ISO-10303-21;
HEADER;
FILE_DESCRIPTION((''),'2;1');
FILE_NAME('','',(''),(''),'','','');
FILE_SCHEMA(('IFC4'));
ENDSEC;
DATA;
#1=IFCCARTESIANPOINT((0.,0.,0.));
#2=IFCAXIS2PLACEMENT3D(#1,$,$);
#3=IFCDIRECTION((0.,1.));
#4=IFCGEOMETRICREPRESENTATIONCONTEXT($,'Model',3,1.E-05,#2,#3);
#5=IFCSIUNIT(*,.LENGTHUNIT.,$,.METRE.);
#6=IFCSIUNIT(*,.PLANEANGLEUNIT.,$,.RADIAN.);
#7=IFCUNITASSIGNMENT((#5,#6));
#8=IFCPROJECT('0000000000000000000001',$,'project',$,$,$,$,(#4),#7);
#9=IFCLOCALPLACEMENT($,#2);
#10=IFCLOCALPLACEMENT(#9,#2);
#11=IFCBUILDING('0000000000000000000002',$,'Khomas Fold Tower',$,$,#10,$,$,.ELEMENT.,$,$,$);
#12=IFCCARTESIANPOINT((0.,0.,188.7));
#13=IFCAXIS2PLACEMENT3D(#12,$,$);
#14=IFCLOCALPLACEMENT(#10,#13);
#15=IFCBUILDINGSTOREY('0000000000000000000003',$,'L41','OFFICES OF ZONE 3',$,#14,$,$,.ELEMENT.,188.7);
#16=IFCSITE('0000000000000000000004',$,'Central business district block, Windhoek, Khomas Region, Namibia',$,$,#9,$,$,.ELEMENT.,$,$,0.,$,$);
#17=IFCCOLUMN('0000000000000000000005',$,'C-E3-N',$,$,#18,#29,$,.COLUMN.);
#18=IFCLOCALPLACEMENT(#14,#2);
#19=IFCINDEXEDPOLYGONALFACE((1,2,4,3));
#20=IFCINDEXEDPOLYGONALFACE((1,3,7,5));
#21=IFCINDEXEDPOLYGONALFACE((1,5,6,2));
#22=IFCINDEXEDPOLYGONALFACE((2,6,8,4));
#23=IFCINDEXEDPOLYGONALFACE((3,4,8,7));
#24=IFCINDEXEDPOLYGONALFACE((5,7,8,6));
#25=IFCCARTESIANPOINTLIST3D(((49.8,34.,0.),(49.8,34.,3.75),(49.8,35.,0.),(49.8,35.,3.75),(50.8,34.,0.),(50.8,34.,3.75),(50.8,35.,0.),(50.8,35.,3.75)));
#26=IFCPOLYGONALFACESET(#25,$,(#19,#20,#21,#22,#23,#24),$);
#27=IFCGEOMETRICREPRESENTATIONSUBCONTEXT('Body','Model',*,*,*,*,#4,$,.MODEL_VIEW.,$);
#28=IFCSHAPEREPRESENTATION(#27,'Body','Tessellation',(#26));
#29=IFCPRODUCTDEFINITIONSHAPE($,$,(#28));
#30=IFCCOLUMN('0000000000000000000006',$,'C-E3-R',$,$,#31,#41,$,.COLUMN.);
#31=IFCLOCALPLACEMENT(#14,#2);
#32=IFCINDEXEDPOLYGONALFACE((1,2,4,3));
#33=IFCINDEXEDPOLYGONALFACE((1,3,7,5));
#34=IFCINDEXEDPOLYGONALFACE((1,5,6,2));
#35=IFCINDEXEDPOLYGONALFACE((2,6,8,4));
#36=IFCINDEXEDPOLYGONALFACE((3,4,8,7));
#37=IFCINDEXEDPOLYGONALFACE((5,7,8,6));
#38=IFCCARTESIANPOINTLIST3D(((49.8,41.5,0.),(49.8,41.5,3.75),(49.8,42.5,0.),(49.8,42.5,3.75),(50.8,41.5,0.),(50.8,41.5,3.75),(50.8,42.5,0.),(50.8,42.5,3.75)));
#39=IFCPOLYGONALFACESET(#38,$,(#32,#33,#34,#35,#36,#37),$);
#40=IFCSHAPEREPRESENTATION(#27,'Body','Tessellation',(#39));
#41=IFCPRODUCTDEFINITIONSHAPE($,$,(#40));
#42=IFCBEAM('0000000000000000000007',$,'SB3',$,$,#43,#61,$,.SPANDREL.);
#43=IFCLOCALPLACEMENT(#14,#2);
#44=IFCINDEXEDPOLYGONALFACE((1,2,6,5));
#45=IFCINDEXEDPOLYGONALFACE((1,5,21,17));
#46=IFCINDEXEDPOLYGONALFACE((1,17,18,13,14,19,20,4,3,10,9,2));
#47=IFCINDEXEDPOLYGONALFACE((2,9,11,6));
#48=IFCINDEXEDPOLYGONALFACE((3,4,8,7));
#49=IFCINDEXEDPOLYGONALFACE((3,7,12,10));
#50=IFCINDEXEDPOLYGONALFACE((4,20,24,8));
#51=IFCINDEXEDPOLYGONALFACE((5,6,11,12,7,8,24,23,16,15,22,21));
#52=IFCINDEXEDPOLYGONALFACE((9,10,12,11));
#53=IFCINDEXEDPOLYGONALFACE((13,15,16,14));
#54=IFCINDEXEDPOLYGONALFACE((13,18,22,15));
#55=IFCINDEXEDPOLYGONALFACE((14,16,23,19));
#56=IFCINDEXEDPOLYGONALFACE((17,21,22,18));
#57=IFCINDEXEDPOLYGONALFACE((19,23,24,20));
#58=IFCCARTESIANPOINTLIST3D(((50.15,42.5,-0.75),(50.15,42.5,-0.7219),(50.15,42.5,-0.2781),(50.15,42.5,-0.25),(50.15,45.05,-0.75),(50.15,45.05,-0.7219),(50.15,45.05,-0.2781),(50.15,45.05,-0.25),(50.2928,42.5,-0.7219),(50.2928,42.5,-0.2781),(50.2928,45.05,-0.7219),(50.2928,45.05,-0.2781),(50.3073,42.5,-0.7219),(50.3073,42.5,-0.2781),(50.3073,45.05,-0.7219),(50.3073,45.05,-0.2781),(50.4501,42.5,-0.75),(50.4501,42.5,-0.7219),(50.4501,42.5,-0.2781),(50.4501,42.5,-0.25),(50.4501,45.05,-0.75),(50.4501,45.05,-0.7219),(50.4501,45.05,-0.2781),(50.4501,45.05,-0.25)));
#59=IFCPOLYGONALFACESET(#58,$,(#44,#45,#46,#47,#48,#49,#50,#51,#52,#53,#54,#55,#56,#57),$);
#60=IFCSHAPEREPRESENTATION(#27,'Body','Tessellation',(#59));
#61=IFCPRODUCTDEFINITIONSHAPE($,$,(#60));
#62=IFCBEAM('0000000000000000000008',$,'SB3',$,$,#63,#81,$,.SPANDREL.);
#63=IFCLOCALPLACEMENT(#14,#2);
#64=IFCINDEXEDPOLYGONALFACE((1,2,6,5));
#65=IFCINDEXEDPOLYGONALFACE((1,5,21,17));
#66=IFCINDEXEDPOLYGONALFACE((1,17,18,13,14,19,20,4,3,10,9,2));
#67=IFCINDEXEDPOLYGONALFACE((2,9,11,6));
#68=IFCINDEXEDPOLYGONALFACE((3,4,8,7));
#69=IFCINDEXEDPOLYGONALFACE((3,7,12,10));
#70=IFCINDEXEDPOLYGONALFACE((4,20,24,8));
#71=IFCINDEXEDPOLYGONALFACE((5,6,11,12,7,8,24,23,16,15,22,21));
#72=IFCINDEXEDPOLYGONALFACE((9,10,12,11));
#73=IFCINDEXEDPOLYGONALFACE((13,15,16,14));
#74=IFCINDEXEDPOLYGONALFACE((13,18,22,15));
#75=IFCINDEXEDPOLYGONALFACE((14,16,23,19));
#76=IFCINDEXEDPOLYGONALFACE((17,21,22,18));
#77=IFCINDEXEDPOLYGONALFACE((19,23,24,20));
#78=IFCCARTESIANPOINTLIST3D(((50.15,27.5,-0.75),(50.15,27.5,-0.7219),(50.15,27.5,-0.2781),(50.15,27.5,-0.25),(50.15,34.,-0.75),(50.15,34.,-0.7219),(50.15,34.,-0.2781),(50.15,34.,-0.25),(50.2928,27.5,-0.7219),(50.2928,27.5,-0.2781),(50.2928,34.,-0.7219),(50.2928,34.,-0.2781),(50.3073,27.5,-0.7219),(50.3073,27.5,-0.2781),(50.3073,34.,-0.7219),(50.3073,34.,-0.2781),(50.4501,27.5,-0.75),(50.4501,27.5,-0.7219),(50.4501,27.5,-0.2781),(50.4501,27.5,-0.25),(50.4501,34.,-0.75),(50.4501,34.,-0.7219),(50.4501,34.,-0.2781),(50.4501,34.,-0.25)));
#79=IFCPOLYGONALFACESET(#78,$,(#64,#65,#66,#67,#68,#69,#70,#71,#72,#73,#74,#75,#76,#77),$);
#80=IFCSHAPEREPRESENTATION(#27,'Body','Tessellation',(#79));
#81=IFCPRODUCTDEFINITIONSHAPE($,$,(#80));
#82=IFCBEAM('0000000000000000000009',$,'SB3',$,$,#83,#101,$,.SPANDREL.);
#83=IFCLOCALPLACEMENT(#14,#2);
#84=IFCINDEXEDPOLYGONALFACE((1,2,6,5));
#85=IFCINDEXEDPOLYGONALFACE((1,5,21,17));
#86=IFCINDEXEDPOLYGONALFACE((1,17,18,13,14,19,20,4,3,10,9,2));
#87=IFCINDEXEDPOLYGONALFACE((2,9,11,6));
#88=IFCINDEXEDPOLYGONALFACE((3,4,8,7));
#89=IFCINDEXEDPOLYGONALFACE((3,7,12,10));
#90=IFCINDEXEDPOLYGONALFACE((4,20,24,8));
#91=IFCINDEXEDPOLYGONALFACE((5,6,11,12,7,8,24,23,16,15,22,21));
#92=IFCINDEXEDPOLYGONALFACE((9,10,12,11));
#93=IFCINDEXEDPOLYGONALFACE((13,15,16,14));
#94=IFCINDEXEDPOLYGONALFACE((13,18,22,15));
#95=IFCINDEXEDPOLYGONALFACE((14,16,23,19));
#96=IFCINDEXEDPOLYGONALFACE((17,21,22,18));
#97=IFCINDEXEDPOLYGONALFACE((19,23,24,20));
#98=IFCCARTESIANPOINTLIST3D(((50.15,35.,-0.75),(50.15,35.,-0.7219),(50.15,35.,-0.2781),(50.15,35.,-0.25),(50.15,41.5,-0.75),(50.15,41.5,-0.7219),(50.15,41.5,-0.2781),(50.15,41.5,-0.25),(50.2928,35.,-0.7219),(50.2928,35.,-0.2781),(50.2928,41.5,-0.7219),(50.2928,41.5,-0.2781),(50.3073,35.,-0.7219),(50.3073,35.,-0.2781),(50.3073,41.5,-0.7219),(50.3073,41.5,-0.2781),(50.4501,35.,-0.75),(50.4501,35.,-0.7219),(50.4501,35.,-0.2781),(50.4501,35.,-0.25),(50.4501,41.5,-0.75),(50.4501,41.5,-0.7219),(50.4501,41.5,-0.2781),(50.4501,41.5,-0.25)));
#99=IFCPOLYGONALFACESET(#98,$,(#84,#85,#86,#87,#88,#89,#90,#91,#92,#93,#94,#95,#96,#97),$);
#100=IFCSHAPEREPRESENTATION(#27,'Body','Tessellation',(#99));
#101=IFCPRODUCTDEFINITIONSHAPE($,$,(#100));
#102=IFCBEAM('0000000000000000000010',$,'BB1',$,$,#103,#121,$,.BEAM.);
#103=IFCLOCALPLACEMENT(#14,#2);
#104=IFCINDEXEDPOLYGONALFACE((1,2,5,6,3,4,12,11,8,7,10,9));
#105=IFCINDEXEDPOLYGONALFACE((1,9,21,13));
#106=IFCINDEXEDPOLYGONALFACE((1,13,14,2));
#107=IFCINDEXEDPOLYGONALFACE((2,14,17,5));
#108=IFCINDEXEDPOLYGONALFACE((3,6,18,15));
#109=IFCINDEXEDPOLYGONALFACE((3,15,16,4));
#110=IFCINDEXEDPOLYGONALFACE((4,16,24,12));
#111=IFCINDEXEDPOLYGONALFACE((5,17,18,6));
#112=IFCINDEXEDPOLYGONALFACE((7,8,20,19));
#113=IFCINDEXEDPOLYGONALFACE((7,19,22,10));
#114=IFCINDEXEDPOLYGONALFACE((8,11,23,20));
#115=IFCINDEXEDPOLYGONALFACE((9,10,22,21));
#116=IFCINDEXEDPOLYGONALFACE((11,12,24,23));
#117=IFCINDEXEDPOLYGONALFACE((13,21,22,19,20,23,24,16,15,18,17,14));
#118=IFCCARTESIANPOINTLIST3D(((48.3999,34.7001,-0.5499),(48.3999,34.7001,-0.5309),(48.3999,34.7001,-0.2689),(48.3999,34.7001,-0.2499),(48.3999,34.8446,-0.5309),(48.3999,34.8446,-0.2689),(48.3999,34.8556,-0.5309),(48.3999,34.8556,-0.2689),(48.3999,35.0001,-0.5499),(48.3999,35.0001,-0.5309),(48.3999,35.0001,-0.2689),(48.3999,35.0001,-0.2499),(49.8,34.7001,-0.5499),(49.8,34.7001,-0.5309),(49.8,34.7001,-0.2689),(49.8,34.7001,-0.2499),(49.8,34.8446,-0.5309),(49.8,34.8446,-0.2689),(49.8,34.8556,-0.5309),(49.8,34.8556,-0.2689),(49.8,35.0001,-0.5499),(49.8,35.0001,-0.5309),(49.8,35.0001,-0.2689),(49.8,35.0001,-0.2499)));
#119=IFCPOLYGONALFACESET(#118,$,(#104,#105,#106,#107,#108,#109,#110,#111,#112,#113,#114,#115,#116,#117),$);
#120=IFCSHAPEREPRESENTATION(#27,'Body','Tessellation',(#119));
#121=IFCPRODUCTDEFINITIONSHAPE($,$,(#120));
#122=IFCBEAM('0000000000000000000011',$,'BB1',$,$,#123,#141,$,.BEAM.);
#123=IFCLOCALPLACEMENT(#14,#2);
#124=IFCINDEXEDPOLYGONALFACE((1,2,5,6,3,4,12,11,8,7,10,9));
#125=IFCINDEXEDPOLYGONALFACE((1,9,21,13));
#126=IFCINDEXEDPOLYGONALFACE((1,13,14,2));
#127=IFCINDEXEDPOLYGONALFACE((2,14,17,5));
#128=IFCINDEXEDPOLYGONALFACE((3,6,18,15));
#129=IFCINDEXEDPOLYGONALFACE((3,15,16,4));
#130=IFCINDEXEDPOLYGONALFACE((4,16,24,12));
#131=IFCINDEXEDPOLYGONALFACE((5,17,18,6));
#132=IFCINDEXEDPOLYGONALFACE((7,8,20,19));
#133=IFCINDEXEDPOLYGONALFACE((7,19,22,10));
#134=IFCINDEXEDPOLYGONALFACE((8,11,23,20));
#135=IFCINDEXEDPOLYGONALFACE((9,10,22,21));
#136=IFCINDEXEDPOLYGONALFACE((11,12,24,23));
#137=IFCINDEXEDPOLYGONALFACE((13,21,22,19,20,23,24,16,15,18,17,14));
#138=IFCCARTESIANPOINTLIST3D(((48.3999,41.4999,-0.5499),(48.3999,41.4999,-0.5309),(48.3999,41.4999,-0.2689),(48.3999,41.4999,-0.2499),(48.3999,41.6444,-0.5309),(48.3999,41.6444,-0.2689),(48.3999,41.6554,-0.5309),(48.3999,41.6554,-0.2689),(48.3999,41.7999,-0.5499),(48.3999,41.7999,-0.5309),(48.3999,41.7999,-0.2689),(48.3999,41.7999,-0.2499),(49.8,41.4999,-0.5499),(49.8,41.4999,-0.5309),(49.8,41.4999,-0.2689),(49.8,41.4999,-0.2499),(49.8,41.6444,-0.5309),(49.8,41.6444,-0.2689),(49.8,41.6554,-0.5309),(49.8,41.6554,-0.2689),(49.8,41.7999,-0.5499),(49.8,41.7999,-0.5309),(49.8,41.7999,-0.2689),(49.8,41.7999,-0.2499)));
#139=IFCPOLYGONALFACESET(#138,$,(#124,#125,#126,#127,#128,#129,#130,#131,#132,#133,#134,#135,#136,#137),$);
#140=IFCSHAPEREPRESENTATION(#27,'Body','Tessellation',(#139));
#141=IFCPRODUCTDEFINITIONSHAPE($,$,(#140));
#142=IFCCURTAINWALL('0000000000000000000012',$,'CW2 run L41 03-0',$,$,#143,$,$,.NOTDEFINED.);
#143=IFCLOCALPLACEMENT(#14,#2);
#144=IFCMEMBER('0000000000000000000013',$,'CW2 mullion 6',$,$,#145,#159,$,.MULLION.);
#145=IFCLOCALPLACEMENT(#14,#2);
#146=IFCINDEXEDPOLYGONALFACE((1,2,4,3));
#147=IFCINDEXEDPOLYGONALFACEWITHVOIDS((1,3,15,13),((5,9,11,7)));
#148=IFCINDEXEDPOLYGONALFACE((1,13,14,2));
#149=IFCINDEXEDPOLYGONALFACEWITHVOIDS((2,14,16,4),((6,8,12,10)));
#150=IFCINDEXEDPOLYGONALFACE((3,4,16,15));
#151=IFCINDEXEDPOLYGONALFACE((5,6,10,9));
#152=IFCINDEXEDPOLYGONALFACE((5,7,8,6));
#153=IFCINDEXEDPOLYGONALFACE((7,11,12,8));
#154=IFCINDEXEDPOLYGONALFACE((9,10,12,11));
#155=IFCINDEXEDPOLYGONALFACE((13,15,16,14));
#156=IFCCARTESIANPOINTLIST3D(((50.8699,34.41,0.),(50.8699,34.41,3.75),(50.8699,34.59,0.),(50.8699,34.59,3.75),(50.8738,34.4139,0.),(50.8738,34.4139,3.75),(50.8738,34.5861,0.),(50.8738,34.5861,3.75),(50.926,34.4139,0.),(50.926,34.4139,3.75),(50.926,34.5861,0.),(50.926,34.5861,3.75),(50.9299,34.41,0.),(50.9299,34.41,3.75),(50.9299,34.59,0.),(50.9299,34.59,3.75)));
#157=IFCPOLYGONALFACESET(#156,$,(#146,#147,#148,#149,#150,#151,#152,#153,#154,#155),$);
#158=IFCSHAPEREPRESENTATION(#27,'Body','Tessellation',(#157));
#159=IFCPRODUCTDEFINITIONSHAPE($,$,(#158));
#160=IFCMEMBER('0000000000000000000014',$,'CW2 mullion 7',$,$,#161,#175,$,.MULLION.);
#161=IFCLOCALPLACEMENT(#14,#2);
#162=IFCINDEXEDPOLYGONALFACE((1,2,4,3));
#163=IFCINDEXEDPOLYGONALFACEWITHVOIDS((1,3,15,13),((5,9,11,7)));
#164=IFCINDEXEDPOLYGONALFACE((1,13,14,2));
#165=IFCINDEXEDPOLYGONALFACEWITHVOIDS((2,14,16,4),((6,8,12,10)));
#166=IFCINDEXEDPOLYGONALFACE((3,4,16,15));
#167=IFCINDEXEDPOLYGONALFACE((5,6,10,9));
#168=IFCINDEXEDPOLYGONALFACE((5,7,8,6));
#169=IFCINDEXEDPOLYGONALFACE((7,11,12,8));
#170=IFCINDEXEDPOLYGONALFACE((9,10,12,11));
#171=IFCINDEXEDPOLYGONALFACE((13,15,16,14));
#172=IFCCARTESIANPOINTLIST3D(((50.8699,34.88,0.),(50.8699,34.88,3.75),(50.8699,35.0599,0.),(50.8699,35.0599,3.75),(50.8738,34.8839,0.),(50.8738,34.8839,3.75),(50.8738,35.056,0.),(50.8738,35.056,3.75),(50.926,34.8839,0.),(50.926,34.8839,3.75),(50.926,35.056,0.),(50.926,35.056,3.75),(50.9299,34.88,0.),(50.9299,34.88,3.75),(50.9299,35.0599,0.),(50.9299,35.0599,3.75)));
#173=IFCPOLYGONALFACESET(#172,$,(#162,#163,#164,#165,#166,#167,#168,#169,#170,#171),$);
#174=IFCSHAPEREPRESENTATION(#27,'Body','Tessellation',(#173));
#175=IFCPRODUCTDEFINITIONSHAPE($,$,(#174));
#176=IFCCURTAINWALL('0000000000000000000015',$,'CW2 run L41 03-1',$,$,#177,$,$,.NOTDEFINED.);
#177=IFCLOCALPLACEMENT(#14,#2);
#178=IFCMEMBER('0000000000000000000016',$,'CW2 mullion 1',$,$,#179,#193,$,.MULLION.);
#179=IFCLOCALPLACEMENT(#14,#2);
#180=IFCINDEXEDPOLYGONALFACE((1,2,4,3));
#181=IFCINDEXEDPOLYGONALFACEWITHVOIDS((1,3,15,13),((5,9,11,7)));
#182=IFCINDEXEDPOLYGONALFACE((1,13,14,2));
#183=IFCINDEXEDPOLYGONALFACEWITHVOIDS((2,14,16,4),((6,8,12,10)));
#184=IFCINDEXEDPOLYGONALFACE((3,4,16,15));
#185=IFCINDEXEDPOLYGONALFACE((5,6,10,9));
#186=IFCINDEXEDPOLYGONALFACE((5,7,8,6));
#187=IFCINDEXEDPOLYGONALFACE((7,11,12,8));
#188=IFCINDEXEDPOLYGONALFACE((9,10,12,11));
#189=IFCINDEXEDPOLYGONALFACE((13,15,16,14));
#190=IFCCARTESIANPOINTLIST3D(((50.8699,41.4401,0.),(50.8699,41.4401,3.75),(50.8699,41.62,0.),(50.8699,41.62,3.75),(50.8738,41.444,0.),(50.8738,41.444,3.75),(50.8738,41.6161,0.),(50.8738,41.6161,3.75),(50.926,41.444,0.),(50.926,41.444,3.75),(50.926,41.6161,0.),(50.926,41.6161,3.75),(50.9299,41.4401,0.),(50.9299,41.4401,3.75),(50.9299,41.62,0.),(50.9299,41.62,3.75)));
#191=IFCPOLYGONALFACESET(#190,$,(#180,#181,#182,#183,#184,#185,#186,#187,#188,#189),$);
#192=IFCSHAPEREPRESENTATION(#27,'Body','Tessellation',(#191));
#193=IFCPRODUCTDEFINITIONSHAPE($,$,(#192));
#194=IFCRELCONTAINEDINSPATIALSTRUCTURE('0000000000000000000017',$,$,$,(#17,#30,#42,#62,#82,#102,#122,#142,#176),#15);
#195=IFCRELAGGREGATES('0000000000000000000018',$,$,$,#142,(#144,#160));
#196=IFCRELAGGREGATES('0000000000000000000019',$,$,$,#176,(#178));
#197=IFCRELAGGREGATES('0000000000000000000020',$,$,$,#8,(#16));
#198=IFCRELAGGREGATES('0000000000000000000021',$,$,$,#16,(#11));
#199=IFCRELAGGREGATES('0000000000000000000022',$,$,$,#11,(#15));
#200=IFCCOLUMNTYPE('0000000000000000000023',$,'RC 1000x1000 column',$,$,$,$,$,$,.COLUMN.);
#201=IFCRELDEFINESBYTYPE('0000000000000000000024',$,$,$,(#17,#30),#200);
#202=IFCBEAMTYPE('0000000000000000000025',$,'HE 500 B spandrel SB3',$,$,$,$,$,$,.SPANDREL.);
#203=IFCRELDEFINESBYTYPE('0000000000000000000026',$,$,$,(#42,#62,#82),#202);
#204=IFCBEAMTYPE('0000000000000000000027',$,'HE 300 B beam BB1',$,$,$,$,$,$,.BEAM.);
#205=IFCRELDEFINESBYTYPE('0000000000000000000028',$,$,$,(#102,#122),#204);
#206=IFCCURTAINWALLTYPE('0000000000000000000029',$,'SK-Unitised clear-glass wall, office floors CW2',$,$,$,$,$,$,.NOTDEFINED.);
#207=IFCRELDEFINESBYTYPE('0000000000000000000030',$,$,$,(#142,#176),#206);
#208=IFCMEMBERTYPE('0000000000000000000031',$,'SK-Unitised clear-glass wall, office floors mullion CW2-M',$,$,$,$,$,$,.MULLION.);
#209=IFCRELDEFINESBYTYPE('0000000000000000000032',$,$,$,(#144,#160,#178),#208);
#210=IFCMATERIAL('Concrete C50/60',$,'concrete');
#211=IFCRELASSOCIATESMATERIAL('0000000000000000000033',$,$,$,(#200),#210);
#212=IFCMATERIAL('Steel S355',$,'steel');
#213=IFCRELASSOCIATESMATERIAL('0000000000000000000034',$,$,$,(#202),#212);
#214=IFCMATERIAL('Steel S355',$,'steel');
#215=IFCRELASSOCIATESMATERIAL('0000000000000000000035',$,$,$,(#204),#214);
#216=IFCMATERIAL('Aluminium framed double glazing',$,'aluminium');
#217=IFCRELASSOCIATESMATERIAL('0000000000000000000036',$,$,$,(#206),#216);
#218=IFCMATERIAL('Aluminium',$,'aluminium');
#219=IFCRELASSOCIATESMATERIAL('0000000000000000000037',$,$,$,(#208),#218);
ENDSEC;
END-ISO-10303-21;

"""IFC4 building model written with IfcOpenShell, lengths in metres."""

from ifc_helpers import new_model, si_unit, direction, frame, origin, origin_2d, place, context, subcontext, project, spatial, rectangle, hollow_rectangle, i_section, extrude, source, transform, mapped, material, material_profile, profile_set, type_object, element, aggregate, save


model = new_model("IFC4")

# Units and contexts
model_context = context("Model", 3, precision=1e-05, world=origin(), true_north=direction((0.0, 1.0)))
body_context = subcontext(model_context, "Body", "Model", "MODEL_VIEW")
ifc_project = project(units=[si_unit("LENGTHUNIT", "METRE"), si_unit("PLANEANGLEUNIT", "RADIAN")], contexts=[model_context])

# Site, building, storey
site_placement = place(None, origin())
site = spatial("IfcSite", under=ifc_project, at=site_placement, Name="Central business district block, Windhoek, Khomas Region, Namibia", CompositionType="ELEMENT", RefElevation=0.0)
building_placement = place(site_placement, origin())
building = spatial("IfcBuilding", under=site, at=building_placement, Name="Khomas Fold Tower", CompositionType="ELEMENT")
storey_placement = place(building_placement, frame((0.0, 0.0, 188.7)))
storey = spatial("IfcBuildingStorey", under=building, at=storey_placement, Name="L41", Description="OFFICES OF ZONE 3", CompositionType="ELEMENT", Elevation=188.7)

# Columns
ifc_material_1 = material(Name="Concrete C50/60", Category="concrete")
ifc_material_profile_1 = material_profile(ifc_material_1, rectangle(XDim=1.0, YDim=1.0, at=origin_2d()), Name="RC 1000x1000")
ifc_profile_set_1 = profile_set([ifc_material_profile_1], Name="Concrete C50/60")
column_type = type_object("IfcColumnType", Name="RC 1000x1000 column", PredefinedType="COLUMN", material=ifc_profile_set_1)
shared_shape_1 = source(origin(), body_context, "Body", "SweptSolid", [
    extrude(rectangle(XDim=1.0, YDim=1.0, at=origin_2d()), origin(), (0.0, 0.0, 1.0), 3.75),
])
for number, where, z_axis, x_axis, name in (
    (1, (50.3, 34.5, 0.0), (0.0, 0.0, 1.0), (1.0, 0.0, 0.0), "C-E3-N"),
    (2, (50.3, 42.0, 0.0), (0.0, 0.0, 1.0), (1.0, 0.0, 0.0), "C-E3-R"),
):
    element("IfcColumn", number, at=place(storey_placement, frame(where, z_axis=z_axis, x_axis=x_axis)), inside=storey, type_object=column_type, Name=name, PredefinedType="COLUMN", context=body_context, shape_type="MappedRepresentation", body=[
        mapped(shared_shape_1, transform((0.0, 0.0, 0.0))),
    ])

# Beams
ifc_material_2 = material(Name="Steel S355", Category="steel")
ifc_material_profile_2 = material_profile(ifc_material_2, i_section(OverallWidth=0.3, OverallDepth=0.5, WebThickness=0.0144, FlangeThickness=0.0281, at=origin_2d()), Name="HE 500 B")
ifc_profile_set_2 = profile_set([ifc_material_profile_2], Name="Steel S355")
beam_type_1 = type_object("IfcBeamType", Name="HE 500 B spandrel SB3", PredefinedType="SPANDREL", material=ifc_profile_set_2)
shared_shape_2 = source(origin(), body_context, "Body", "SweptSolid", [
    extrude(i_section(OverallWidth=0.3, OverallDepth=0.5, WebThickness=0.0144, FlangeThickness=0.0281, at=origin_2d()), origin(), (0.0, 0.0, 1.0), 2.55),
])
beam_placement = place(storey_placement, frame((50.3, 42.5, -0.5), z_axis=(0.0, 1.0, 0.0), x_axis=(-1.0, 0.0, 0.0)))
element("IfcBeam", 3, at=beam_placement, inside=storey, type_object=beam_type_1, Name="SB3", PredefinedType="SPANDREL", context=body_context, shape_type="MappedRepresentation", body=[
    mapped(shared_shape_2, transform((0.0, 0.0, 0.0))),
])
shared_shape_3 = source(origin(), body_context, "Body", "SweptSolid", [
    extrude(i_section(OverallWidth=0.3, OverallDepth=0.5, WebThickness=0.0144, FlangeThickness=0.0281, at=origin_2d()), origin(), (0.0, 0.0, 1.0), 6.5),
])
for number, where, z_axis, x_axis, name in (
    (4, (50.3, 27.5, -0.5), (0.0, 1.0, 0.0), (-1.0, 0.0, 0.0), "SB3"),
    (5, (50.3, 35.0, -0.5), (0.0, 1.0, 0.0), (-1.0, 0.0, 0.0), "SB3"),
):
    element("IfcBeam", number, at=place(storey_placement, frame(where, z_axis=z_axis, x_axis=x_axis)), inside=storey, type_object=beam_type_1, Name=name, PredefinedType="SPANDREL", context=body_context, shape_type="MappedRepresentation", body=[
        mapped(shared_shape_3, transform((0.0, 0.0, 0.0))),
    ])
ifc_material_3 = material(Name="Steel S355", Category="steel")
ifc_material_profile_3 = material_profile(ifc_material_3, i_section(OverallWidth=0.3, OverallDepth=0.3, WebThickness=0.011, FlangeThickness=0.019, at=origin_2d()), Name="HE 300 B")
ifc_profile_set_3 = profile_set([ifc_material_profile_3], Name="Steel S355")
beam_type_2 = type_object("IfcBeamType", Name="HE 300 B beam BB1", PredefinedType="BEAM", material=ifc_profile_set_3)
shared_shape_4 = source(origin(), body_context, "Body", "SweptSolid", [
    extrude(i_section(OverallWidth=0.3, OverallDepth=0.3, WebThickness=0.011, FlangeThickness=0.019, at=origin_2d()), origin(), (0.0, 0.0, 1.0), 1.4001),
])
for number, where, z_axis, x_axis, name in (
    (6, (48.3999, 34.8501, -0.3999), (1.0, 0.0, 0.0), (0.0, 1.0, 0.0), "BB1"),
    (7, (48.3999, 41.6499, -0.3999), (1.0, 0.0, 0.0), (0.0, 1.0, 0.0), "BB1"),
):
    element("IfcBeam", number, at=place(storey_placement, frame(where, z_axis=z_axis, x_axis=x_axis)), inside=storey, type_object=beam_type_2, Name=name, PredefinedType="BEAM", context=body_context, shape_type="MappedRepresentation", body=[
        mapped(shared_shape_4, transform((0.0, 0.0, 0.0))),
    ])

# Curtain walls, members
ifc_material_4 = material(Name="Aluminium framed double glazing", Category="aluminium")
curtain_wall_type = type_object("IfcCurtainWallType", Name="SK-Unitised clear-glass wall, office floors CW2", PredefinedType="NOTDEFINED", material=ifc_material_4)
curtain_wall_1_placement = place(storey_placement, origin())
curtain_wall_1 = element("IfcCurtainWall", 8, at=curtain_wall_1_placement, inside=storey, type_object=curtain_wall_type, Name="CW2 run L41 03-0", PredefinedType="NOTDEFINED")
ifc_material_5 = material(Name="Aluminium", Category="aluminium")
ifc_material_profile_4 = material_profile(ifc_material_5, hollow_rectangle(XDim=0.0601, YDim=0.1799, WallThickness=0.0039, at=origin_2d()), Name="SK-Unitised clear-glass wall, office floors mullion CW2-M")
ifc_profile_set_4 = profile_set([ifc_material_profile_4], Name="Aluminium")
member_type_1 = type_object("IfcMemberType", Name="SK-Unitised clear-glass wall, office floors mullion CW2-M", PredefinedType="MULLION", material=ifc_profile_set_4)
shared_shape_5 = source(origin(), body_context, "Body", "SweptSolid", [
    extrude(hollow_rectangle(XDim=0.0601, YDim=0.1799, WallThickness=0.0039, at=origin_2d()), origin(), (0.0, 0.0, 1.0), 3.75),
])
member_1_placement = place(storey_placement, frame((50.8999, 34.5, 0.0), z_axis=(0.0, 0.0, 1.0), x_axis=(-1.0, 0.0, 0.0)))
member_1 = element("IfcMember", 9, at=member_1_placement, type_object=member_type_1, Name="CW2 mullion 6", PredefinedType="MULLION", context=body_context, shape_type="MappedRepresentation", body=[
    mapped(shared_shape_5, transform((0.0, 0.0, 0.0))),
])
member_2_placement = place(storey_placement, frame((50.8999, 34.97, 0.0), z_axis=(0.0, 0.0, 1.0), x_axis=(-1.0, 0.0, 0.0)))
member_2 = element("IfcMember", 10, at=member_2_placement, type_object=member_type_1, Name="CW2 mullion 7", PredefinedType="MULLION", context=body_context, shape_type="MappedRepresentation", body=[
    mapped(shared_shape_5, transform((0.0, 0.0, 0.0))),
])
curtain_wall_2_placement = place(storey_placement, origin())
curtain_wall_2 = element("IfcCurtainWall", 11, at=curtain_wall_2_placement, inside=storey, type_object=curtain_wall_type, Name="CW2 run L41 03-1", PredefinedType="NOTDEFINED")
member_3_placement = place(storey_placement, frame((50.8999, 41.53, 0.0), z_axis=(0.0, 0.0, 1.0), x_axis=(-1.0, 0.0, 0.0)))
member_3 = element("IfcMember", 12, at=member_3_placement, type_object=member_type_1, Name="CW2 mullion 1", PredefinedType="MULLION", context=body_context, shape_type="MappedRepresentation", body=[
    mapped(shared_shape_5, transform((0.0, 0.0, 0.0))),
])

aggregate(curtain_wall_1, [member_1, member_2])
aggregate(curtain_wall_2, [member_3])

save(model, "model.ifc")
